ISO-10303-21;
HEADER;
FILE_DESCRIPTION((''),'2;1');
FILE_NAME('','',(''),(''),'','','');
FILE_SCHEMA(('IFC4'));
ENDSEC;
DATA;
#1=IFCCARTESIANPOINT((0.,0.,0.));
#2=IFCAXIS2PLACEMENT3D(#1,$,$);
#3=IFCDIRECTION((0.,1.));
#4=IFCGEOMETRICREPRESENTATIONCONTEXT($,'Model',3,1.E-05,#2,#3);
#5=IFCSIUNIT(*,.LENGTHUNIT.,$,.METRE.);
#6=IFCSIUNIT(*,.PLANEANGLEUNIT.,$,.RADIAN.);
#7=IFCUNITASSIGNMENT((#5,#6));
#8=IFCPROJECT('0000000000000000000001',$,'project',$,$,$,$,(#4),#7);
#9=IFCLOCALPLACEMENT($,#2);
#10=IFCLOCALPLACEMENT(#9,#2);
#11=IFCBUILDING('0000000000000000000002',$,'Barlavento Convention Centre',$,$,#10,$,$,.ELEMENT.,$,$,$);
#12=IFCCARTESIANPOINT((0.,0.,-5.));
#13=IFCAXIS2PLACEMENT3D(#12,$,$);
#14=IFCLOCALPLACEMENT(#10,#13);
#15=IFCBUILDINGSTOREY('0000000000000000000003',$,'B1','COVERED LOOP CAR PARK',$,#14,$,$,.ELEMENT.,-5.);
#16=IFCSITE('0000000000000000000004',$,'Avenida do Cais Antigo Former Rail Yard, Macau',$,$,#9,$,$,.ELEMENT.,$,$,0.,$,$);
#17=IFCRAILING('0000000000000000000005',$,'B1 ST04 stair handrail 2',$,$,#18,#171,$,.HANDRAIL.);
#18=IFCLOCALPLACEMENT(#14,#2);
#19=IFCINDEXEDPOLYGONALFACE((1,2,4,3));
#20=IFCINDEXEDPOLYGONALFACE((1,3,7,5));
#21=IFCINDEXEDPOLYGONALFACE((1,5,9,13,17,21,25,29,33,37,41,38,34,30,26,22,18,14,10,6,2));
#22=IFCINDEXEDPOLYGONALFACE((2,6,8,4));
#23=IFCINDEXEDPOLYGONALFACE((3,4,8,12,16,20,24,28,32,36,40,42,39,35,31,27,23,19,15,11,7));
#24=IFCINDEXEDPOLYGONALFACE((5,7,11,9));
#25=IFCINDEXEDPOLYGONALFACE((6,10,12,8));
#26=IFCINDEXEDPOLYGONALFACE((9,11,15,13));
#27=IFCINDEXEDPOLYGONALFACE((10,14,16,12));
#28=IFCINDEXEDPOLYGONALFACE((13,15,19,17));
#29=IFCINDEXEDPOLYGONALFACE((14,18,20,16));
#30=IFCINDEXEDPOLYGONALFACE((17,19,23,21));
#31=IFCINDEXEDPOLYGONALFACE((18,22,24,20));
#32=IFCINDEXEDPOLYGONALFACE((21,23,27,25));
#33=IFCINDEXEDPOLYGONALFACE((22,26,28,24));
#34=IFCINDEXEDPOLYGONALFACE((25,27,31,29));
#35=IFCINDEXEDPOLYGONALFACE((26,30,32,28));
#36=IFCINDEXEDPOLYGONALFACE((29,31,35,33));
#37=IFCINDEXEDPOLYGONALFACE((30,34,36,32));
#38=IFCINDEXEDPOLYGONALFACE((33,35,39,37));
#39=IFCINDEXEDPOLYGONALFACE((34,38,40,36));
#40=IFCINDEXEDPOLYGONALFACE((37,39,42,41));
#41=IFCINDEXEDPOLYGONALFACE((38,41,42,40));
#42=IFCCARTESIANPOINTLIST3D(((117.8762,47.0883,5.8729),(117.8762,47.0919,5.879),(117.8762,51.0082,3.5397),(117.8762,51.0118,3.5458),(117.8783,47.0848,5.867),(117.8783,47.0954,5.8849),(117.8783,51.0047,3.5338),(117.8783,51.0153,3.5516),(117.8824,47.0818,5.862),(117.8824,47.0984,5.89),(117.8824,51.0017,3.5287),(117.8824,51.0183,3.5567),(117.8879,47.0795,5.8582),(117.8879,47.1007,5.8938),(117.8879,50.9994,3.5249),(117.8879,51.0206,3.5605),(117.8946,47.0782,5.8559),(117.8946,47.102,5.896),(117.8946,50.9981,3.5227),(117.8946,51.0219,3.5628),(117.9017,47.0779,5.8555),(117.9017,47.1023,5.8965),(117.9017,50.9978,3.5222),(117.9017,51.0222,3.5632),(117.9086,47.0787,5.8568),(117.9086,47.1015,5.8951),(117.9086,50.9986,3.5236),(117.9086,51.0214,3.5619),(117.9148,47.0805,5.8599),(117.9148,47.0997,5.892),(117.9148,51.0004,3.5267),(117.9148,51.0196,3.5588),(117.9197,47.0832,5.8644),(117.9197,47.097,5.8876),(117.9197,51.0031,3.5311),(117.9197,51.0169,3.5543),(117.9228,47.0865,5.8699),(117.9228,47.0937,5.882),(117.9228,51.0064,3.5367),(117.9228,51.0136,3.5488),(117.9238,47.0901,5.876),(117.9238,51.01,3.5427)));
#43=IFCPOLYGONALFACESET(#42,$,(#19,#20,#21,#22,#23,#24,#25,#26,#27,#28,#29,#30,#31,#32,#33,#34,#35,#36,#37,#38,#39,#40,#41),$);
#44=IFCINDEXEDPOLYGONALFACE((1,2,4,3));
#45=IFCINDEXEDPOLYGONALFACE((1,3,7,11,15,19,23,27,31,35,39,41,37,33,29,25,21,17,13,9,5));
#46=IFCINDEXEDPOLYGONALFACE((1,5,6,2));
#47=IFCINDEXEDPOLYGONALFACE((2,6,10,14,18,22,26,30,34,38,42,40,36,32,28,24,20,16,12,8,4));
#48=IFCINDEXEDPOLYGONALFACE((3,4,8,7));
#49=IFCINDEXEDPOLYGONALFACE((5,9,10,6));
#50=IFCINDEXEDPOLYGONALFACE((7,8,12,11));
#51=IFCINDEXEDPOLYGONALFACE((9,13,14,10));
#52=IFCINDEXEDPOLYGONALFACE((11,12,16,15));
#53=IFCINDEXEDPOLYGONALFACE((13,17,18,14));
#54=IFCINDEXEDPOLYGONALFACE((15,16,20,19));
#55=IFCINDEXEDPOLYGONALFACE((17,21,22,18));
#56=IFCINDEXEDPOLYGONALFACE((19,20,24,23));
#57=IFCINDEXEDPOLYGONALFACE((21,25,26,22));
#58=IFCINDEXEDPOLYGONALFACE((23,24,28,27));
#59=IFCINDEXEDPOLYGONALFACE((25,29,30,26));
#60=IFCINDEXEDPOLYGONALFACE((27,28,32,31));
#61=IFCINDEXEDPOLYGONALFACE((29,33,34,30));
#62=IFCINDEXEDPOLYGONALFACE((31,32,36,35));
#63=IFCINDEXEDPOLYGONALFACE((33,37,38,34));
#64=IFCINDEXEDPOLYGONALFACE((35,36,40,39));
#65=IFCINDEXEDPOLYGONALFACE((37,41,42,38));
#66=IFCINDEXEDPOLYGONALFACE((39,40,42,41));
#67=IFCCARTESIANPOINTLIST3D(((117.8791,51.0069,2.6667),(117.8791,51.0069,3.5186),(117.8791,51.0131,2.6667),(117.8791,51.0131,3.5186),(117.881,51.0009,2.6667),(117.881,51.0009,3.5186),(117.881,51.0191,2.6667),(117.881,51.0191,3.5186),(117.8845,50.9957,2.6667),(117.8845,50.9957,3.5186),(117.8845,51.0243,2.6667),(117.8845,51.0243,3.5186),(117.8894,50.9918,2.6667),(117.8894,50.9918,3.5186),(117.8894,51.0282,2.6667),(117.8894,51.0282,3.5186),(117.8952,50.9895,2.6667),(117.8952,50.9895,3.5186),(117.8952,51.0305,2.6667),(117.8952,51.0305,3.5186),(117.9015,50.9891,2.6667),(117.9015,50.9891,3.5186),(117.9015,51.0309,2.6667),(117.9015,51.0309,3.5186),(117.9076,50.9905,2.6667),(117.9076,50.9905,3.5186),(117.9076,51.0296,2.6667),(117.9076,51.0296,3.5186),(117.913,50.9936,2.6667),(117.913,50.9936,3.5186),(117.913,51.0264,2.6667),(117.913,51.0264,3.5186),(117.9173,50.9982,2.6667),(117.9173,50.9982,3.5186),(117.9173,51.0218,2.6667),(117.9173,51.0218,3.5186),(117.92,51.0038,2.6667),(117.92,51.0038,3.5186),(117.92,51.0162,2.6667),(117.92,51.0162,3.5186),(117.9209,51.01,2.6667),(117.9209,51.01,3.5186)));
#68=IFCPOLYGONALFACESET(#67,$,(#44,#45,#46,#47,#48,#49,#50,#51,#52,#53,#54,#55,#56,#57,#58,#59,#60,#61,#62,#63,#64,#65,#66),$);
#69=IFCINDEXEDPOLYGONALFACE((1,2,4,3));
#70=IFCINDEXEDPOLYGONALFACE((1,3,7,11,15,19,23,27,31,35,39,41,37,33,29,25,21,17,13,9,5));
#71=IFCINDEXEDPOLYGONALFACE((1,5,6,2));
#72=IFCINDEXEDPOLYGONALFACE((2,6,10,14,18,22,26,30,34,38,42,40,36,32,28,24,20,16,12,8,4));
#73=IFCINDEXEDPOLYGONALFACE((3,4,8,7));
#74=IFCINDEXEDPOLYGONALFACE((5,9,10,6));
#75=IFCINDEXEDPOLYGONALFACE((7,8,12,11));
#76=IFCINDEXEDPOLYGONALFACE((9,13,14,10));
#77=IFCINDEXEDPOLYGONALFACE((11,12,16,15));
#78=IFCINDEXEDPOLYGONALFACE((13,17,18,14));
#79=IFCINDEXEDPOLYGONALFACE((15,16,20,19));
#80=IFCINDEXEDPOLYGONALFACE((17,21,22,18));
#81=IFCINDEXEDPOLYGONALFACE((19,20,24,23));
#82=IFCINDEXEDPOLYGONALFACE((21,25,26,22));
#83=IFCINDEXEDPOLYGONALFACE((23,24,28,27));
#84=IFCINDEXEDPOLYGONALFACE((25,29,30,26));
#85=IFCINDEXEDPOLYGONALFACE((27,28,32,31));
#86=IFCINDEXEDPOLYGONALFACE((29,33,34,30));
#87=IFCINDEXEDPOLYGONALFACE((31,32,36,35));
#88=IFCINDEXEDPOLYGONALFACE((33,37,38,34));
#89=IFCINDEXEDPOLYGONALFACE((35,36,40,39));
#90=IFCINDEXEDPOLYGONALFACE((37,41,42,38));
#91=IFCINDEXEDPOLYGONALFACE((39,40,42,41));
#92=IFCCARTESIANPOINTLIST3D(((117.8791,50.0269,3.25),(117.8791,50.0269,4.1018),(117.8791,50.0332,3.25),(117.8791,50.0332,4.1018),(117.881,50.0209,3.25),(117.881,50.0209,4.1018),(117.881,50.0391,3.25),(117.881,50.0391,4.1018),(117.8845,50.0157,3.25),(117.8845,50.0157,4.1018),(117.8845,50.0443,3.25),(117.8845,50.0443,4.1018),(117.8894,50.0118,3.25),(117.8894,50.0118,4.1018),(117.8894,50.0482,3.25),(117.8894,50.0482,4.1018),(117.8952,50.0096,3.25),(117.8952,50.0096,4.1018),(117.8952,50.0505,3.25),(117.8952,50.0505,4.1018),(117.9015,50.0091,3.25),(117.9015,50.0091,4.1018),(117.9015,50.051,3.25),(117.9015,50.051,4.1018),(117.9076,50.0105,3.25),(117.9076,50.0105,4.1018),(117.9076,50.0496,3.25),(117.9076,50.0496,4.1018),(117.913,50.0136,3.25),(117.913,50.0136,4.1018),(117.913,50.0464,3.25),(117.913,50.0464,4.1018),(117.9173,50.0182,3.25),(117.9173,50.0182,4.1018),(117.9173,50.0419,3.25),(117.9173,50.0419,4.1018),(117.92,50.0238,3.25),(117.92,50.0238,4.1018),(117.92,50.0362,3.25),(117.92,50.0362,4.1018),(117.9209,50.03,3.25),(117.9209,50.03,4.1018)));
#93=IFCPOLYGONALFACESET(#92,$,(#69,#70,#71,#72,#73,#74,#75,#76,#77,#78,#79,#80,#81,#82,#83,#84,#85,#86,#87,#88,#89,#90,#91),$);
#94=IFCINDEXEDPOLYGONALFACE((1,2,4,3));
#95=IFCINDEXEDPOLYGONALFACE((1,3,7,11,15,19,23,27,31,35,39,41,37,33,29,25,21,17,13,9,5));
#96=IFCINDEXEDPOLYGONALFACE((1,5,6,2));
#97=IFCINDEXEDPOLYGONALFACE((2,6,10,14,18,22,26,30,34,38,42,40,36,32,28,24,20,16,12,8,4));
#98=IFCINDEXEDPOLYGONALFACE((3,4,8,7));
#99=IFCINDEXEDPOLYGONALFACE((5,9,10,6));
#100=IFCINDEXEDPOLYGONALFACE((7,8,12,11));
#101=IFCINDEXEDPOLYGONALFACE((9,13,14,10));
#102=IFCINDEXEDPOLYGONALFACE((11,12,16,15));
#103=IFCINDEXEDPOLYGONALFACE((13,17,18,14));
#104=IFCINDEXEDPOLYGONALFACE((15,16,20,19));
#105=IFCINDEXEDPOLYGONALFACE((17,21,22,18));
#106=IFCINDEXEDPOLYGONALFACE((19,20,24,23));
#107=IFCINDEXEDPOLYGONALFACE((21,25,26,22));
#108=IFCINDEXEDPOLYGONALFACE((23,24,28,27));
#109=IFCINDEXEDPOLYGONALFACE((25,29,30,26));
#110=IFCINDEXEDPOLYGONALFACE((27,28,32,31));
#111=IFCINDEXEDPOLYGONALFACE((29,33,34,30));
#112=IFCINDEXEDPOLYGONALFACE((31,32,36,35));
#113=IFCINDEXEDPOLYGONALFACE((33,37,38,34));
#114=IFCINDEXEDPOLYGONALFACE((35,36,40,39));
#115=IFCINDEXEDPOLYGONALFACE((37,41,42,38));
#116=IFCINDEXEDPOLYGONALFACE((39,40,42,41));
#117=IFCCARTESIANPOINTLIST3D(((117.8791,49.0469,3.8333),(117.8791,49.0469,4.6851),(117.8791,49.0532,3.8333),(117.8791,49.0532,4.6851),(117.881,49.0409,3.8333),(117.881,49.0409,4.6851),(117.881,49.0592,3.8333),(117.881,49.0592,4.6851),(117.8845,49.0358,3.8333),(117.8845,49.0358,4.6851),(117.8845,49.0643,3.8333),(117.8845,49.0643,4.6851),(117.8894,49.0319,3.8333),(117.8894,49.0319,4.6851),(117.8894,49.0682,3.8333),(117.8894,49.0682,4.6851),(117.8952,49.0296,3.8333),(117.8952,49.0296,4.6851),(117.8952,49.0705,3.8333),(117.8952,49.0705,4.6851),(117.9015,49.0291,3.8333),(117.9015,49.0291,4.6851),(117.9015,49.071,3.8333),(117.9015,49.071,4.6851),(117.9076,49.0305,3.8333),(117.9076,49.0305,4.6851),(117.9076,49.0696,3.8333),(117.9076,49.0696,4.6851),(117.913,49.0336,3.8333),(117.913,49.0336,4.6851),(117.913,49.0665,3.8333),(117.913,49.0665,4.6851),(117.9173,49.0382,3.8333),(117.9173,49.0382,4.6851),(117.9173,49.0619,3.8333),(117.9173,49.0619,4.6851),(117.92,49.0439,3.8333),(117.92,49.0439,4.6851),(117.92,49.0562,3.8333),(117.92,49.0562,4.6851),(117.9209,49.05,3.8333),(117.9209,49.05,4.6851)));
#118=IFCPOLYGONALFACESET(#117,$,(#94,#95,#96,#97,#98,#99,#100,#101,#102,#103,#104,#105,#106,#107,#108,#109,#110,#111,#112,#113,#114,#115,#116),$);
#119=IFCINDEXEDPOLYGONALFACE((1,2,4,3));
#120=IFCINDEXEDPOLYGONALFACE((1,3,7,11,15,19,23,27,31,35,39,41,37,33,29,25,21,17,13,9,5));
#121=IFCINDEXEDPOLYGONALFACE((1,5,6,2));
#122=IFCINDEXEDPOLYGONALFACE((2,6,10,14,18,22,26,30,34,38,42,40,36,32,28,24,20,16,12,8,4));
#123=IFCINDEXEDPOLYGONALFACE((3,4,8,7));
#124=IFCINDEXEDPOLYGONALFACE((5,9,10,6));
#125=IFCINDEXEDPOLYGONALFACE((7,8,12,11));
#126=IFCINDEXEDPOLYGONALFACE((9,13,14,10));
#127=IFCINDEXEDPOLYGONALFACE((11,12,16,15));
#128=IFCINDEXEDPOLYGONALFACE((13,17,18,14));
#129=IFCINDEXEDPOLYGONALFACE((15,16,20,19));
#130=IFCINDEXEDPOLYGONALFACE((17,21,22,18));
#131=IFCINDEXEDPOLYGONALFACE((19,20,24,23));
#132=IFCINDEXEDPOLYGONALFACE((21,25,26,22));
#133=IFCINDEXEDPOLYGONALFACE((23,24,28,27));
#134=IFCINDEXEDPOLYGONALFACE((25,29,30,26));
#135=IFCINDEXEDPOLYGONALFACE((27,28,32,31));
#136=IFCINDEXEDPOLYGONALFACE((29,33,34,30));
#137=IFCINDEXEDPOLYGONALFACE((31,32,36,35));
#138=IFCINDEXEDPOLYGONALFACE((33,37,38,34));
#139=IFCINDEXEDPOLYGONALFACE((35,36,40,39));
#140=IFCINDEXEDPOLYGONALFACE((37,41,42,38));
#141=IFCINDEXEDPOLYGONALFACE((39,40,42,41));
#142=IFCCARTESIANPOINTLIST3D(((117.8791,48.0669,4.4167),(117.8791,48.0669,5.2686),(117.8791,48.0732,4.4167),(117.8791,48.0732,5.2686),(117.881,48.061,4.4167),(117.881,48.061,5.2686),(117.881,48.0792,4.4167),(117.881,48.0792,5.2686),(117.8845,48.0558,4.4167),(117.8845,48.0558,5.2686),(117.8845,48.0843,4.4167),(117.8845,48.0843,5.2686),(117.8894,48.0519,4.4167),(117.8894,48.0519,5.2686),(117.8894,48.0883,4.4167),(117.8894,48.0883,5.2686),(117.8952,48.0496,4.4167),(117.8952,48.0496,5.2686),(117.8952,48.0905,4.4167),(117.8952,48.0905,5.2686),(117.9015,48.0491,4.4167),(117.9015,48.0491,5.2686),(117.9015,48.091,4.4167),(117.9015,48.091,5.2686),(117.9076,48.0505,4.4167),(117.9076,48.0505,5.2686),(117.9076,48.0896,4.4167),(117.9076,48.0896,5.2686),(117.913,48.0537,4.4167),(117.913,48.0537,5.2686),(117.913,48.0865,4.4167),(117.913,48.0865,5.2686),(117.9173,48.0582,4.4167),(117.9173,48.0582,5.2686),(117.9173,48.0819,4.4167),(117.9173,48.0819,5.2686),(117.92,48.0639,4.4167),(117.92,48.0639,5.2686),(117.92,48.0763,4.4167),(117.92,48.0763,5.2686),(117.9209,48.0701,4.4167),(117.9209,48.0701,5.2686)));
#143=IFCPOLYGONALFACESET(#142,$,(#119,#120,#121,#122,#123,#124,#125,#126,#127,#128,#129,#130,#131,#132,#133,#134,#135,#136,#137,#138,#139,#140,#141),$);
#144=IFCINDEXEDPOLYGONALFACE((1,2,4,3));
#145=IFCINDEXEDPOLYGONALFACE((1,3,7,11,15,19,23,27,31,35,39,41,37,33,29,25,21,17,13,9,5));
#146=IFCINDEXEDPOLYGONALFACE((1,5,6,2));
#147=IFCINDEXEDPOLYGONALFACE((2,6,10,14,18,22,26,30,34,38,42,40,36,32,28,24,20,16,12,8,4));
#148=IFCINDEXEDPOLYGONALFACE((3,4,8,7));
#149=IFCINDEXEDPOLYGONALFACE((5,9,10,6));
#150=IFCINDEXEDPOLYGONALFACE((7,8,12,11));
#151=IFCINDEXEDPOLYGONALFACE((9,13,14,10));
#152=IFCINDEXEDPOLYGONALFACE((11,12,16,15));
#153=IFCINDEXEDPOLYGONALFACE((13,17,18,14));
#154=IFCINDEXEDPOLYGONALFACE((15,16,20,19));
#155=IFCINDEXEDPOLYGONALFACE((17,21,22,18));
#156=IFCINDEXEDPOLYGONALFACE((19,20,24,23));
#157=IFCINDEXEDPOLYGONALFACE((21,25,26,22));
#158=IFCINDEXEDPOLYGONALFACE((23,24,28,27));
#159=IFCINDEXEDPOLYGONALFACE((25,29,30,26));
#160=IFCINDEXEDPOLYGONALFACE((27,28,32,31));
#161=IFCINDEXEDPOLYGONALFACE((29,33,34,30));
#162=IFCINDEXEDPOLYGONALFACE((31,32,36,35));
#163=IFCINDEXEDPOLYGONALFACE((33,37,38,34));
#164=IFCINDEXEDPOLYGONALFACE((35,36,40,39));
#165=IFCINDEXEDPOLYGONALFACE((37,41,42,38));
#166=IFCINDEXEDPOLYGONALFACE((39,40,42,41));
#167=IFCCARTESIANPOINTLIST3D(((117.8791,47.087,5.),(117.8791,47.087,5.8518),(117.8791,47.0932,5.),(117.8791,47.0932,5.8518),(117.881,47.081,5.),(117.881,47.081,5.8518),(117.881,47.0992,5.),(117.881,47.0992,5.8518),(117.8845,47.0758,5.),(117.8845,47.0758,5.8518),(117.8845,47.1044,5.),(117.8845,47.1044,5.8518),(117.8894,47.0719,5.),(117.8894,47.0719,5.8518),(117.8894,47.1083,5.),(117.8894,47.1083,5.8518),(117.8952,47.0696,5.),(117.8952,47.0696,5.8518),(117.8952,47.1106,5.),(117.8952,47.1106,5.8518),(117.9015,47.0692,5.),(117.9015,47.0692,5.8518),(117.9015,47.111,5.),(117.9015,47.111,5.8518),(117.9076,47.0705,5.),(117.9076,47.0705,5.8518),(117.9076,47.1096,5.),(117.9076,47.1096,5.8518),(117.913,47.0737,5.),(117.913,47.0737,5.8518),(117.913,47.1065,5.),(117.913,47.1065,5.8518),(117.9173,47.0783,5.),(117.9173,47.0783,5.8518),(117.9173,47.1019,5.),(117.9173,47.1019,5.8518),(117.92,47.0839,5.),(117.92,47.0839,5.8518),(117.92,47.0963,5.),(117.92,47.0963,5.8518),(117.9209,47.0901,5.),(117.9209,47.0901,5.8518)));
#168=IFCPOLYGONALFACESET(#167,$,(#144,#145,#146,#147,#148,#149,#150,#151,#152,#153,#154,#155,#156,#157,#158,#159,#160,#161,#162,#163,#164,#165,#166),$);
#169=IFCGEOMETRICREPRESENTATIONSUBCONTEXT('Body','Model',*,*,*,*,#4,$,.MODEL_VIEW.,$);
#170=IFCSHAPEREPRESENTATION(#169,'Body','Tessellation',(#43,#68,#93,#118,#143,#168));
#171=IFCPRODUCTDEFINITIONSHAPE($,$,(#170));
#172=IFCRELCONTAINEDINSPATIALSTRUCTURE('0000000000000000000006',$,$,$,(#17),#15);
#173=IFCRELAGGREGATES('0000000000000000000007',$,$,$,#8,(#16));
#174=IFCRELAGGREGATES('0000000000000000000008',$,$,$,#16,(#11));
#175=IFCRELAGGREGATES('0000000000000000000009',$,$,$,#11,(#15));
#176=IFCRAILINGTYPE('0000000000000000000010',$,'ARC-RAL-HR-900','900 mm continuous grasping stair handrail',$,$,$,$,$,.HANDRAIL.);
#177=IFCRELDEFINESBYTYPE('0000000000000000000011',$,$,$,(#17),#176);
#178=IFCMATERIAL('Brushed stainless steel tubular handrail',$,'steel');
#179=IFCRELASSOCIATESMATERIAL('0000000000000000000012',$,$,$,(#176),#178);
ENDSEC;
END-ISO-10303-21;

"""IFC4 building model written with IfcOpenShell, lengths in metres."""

from ifc_helpers import new_model, si_unit, direction, frame, origin, origin_2d, place, context, subcontext, project, spatial, circle, extrude, material, type_object, element, save


model = new_model("IFC4")

# Units and contexts
model_context = context("Model", 3, precision=1e-05, world=origin(), true_north=direction((0.0, 1.0)))
body_context = subcontext(model_context, "Body", "Model", "MODEL_VIEW")
ifc_project = project(units=[si_unit("LENGTHUNIT", "METRE"), si_unit("PLANEANGLEUNIT", "RADIAN")], contexts=[model_context])

# Site, building, storey
site_placement = place(None, origin())
site = spatial("IfcSite", under=ifc_project, at=site_placement, Name="Avenida do Cais Antigo Former Rail Yard, Macau", CompositionType="ELEMENT", RefElevation=0.0)
building_placement = place(site_placement, origin())
building = spatial("IfcBuilding", under=site, at=building_placement, Name="Barlavento Convention Centre", CompositionType="ELEMENT")
storey_placement = place(building_placement, frame((0.0, 0.0, -5.0)))
storey = spatial("IfcBuildingStorey", under=building, at=storey_placement, Name="B1", Description="COVERED LOOP CAR PARK", CompositionType="ELEMENT", Elevation=-5.0)

# Railing
ifc_material_1 = material(Name="Brushed stainless steel tubular handrail", Category="steel")
railing_type_1 = type_object("IfcRailingType", Name="ARC-RAL-HR-900", Description="900 mm continuous grasping stair handrail", PredefinedType="HANDRAIL", material=ifc_material_1)
railing_1_placement = place(storey_placement, frame((117.8999, 51.01, 2.6667)))
element("IfcRailing", 1, at=railing_1_placement, inside=storey, type_object=railing_type_1, Name="B1 ST04 stair handrail 2", PredefinedType="HANDRAIL", context=body_context, shape_type="SweptSolid", body=[
    extrude(circle(Radius=0.0239, at=origin_2d()), frame((0.0, 0.0, 0.876), z_axis=(0.0, -0.859296, 0.511478), x_axis=(1.0, 0.0, 0.0)), (0.0, 0.0, 1.0), 4.5618),
    extrude(circle(Radius=0.021, at=origin_2d()), origin(), (0.0, 0.0, 1.0), 0.8518),
    extrude(circle(Radius=0.021, at=origin_2d()), frame((0.0, -0.98, 0.5833)), (0.0, 0.0, 1.0), 0.8518),
    extrude(circle(Radius=0.021, at=origin_2d()), frame((0.0, -1.96, 1.1665)), (0.0, 0.0, 1.0), 0.8518),
    extrude(circle(Radius=0.021, at=origin_2d()), frame((0.0, -2.9399, 1.75)), (0.0, 0.0, 1.0), 0.8518),
    extrude(circle(Radius=0.021, at=origin_2d()), frame((0.0, -3.9199, 2.3333)), (0.0, 0.0, 1.0), 0.8518),
])

save(model, "model.ifc")
